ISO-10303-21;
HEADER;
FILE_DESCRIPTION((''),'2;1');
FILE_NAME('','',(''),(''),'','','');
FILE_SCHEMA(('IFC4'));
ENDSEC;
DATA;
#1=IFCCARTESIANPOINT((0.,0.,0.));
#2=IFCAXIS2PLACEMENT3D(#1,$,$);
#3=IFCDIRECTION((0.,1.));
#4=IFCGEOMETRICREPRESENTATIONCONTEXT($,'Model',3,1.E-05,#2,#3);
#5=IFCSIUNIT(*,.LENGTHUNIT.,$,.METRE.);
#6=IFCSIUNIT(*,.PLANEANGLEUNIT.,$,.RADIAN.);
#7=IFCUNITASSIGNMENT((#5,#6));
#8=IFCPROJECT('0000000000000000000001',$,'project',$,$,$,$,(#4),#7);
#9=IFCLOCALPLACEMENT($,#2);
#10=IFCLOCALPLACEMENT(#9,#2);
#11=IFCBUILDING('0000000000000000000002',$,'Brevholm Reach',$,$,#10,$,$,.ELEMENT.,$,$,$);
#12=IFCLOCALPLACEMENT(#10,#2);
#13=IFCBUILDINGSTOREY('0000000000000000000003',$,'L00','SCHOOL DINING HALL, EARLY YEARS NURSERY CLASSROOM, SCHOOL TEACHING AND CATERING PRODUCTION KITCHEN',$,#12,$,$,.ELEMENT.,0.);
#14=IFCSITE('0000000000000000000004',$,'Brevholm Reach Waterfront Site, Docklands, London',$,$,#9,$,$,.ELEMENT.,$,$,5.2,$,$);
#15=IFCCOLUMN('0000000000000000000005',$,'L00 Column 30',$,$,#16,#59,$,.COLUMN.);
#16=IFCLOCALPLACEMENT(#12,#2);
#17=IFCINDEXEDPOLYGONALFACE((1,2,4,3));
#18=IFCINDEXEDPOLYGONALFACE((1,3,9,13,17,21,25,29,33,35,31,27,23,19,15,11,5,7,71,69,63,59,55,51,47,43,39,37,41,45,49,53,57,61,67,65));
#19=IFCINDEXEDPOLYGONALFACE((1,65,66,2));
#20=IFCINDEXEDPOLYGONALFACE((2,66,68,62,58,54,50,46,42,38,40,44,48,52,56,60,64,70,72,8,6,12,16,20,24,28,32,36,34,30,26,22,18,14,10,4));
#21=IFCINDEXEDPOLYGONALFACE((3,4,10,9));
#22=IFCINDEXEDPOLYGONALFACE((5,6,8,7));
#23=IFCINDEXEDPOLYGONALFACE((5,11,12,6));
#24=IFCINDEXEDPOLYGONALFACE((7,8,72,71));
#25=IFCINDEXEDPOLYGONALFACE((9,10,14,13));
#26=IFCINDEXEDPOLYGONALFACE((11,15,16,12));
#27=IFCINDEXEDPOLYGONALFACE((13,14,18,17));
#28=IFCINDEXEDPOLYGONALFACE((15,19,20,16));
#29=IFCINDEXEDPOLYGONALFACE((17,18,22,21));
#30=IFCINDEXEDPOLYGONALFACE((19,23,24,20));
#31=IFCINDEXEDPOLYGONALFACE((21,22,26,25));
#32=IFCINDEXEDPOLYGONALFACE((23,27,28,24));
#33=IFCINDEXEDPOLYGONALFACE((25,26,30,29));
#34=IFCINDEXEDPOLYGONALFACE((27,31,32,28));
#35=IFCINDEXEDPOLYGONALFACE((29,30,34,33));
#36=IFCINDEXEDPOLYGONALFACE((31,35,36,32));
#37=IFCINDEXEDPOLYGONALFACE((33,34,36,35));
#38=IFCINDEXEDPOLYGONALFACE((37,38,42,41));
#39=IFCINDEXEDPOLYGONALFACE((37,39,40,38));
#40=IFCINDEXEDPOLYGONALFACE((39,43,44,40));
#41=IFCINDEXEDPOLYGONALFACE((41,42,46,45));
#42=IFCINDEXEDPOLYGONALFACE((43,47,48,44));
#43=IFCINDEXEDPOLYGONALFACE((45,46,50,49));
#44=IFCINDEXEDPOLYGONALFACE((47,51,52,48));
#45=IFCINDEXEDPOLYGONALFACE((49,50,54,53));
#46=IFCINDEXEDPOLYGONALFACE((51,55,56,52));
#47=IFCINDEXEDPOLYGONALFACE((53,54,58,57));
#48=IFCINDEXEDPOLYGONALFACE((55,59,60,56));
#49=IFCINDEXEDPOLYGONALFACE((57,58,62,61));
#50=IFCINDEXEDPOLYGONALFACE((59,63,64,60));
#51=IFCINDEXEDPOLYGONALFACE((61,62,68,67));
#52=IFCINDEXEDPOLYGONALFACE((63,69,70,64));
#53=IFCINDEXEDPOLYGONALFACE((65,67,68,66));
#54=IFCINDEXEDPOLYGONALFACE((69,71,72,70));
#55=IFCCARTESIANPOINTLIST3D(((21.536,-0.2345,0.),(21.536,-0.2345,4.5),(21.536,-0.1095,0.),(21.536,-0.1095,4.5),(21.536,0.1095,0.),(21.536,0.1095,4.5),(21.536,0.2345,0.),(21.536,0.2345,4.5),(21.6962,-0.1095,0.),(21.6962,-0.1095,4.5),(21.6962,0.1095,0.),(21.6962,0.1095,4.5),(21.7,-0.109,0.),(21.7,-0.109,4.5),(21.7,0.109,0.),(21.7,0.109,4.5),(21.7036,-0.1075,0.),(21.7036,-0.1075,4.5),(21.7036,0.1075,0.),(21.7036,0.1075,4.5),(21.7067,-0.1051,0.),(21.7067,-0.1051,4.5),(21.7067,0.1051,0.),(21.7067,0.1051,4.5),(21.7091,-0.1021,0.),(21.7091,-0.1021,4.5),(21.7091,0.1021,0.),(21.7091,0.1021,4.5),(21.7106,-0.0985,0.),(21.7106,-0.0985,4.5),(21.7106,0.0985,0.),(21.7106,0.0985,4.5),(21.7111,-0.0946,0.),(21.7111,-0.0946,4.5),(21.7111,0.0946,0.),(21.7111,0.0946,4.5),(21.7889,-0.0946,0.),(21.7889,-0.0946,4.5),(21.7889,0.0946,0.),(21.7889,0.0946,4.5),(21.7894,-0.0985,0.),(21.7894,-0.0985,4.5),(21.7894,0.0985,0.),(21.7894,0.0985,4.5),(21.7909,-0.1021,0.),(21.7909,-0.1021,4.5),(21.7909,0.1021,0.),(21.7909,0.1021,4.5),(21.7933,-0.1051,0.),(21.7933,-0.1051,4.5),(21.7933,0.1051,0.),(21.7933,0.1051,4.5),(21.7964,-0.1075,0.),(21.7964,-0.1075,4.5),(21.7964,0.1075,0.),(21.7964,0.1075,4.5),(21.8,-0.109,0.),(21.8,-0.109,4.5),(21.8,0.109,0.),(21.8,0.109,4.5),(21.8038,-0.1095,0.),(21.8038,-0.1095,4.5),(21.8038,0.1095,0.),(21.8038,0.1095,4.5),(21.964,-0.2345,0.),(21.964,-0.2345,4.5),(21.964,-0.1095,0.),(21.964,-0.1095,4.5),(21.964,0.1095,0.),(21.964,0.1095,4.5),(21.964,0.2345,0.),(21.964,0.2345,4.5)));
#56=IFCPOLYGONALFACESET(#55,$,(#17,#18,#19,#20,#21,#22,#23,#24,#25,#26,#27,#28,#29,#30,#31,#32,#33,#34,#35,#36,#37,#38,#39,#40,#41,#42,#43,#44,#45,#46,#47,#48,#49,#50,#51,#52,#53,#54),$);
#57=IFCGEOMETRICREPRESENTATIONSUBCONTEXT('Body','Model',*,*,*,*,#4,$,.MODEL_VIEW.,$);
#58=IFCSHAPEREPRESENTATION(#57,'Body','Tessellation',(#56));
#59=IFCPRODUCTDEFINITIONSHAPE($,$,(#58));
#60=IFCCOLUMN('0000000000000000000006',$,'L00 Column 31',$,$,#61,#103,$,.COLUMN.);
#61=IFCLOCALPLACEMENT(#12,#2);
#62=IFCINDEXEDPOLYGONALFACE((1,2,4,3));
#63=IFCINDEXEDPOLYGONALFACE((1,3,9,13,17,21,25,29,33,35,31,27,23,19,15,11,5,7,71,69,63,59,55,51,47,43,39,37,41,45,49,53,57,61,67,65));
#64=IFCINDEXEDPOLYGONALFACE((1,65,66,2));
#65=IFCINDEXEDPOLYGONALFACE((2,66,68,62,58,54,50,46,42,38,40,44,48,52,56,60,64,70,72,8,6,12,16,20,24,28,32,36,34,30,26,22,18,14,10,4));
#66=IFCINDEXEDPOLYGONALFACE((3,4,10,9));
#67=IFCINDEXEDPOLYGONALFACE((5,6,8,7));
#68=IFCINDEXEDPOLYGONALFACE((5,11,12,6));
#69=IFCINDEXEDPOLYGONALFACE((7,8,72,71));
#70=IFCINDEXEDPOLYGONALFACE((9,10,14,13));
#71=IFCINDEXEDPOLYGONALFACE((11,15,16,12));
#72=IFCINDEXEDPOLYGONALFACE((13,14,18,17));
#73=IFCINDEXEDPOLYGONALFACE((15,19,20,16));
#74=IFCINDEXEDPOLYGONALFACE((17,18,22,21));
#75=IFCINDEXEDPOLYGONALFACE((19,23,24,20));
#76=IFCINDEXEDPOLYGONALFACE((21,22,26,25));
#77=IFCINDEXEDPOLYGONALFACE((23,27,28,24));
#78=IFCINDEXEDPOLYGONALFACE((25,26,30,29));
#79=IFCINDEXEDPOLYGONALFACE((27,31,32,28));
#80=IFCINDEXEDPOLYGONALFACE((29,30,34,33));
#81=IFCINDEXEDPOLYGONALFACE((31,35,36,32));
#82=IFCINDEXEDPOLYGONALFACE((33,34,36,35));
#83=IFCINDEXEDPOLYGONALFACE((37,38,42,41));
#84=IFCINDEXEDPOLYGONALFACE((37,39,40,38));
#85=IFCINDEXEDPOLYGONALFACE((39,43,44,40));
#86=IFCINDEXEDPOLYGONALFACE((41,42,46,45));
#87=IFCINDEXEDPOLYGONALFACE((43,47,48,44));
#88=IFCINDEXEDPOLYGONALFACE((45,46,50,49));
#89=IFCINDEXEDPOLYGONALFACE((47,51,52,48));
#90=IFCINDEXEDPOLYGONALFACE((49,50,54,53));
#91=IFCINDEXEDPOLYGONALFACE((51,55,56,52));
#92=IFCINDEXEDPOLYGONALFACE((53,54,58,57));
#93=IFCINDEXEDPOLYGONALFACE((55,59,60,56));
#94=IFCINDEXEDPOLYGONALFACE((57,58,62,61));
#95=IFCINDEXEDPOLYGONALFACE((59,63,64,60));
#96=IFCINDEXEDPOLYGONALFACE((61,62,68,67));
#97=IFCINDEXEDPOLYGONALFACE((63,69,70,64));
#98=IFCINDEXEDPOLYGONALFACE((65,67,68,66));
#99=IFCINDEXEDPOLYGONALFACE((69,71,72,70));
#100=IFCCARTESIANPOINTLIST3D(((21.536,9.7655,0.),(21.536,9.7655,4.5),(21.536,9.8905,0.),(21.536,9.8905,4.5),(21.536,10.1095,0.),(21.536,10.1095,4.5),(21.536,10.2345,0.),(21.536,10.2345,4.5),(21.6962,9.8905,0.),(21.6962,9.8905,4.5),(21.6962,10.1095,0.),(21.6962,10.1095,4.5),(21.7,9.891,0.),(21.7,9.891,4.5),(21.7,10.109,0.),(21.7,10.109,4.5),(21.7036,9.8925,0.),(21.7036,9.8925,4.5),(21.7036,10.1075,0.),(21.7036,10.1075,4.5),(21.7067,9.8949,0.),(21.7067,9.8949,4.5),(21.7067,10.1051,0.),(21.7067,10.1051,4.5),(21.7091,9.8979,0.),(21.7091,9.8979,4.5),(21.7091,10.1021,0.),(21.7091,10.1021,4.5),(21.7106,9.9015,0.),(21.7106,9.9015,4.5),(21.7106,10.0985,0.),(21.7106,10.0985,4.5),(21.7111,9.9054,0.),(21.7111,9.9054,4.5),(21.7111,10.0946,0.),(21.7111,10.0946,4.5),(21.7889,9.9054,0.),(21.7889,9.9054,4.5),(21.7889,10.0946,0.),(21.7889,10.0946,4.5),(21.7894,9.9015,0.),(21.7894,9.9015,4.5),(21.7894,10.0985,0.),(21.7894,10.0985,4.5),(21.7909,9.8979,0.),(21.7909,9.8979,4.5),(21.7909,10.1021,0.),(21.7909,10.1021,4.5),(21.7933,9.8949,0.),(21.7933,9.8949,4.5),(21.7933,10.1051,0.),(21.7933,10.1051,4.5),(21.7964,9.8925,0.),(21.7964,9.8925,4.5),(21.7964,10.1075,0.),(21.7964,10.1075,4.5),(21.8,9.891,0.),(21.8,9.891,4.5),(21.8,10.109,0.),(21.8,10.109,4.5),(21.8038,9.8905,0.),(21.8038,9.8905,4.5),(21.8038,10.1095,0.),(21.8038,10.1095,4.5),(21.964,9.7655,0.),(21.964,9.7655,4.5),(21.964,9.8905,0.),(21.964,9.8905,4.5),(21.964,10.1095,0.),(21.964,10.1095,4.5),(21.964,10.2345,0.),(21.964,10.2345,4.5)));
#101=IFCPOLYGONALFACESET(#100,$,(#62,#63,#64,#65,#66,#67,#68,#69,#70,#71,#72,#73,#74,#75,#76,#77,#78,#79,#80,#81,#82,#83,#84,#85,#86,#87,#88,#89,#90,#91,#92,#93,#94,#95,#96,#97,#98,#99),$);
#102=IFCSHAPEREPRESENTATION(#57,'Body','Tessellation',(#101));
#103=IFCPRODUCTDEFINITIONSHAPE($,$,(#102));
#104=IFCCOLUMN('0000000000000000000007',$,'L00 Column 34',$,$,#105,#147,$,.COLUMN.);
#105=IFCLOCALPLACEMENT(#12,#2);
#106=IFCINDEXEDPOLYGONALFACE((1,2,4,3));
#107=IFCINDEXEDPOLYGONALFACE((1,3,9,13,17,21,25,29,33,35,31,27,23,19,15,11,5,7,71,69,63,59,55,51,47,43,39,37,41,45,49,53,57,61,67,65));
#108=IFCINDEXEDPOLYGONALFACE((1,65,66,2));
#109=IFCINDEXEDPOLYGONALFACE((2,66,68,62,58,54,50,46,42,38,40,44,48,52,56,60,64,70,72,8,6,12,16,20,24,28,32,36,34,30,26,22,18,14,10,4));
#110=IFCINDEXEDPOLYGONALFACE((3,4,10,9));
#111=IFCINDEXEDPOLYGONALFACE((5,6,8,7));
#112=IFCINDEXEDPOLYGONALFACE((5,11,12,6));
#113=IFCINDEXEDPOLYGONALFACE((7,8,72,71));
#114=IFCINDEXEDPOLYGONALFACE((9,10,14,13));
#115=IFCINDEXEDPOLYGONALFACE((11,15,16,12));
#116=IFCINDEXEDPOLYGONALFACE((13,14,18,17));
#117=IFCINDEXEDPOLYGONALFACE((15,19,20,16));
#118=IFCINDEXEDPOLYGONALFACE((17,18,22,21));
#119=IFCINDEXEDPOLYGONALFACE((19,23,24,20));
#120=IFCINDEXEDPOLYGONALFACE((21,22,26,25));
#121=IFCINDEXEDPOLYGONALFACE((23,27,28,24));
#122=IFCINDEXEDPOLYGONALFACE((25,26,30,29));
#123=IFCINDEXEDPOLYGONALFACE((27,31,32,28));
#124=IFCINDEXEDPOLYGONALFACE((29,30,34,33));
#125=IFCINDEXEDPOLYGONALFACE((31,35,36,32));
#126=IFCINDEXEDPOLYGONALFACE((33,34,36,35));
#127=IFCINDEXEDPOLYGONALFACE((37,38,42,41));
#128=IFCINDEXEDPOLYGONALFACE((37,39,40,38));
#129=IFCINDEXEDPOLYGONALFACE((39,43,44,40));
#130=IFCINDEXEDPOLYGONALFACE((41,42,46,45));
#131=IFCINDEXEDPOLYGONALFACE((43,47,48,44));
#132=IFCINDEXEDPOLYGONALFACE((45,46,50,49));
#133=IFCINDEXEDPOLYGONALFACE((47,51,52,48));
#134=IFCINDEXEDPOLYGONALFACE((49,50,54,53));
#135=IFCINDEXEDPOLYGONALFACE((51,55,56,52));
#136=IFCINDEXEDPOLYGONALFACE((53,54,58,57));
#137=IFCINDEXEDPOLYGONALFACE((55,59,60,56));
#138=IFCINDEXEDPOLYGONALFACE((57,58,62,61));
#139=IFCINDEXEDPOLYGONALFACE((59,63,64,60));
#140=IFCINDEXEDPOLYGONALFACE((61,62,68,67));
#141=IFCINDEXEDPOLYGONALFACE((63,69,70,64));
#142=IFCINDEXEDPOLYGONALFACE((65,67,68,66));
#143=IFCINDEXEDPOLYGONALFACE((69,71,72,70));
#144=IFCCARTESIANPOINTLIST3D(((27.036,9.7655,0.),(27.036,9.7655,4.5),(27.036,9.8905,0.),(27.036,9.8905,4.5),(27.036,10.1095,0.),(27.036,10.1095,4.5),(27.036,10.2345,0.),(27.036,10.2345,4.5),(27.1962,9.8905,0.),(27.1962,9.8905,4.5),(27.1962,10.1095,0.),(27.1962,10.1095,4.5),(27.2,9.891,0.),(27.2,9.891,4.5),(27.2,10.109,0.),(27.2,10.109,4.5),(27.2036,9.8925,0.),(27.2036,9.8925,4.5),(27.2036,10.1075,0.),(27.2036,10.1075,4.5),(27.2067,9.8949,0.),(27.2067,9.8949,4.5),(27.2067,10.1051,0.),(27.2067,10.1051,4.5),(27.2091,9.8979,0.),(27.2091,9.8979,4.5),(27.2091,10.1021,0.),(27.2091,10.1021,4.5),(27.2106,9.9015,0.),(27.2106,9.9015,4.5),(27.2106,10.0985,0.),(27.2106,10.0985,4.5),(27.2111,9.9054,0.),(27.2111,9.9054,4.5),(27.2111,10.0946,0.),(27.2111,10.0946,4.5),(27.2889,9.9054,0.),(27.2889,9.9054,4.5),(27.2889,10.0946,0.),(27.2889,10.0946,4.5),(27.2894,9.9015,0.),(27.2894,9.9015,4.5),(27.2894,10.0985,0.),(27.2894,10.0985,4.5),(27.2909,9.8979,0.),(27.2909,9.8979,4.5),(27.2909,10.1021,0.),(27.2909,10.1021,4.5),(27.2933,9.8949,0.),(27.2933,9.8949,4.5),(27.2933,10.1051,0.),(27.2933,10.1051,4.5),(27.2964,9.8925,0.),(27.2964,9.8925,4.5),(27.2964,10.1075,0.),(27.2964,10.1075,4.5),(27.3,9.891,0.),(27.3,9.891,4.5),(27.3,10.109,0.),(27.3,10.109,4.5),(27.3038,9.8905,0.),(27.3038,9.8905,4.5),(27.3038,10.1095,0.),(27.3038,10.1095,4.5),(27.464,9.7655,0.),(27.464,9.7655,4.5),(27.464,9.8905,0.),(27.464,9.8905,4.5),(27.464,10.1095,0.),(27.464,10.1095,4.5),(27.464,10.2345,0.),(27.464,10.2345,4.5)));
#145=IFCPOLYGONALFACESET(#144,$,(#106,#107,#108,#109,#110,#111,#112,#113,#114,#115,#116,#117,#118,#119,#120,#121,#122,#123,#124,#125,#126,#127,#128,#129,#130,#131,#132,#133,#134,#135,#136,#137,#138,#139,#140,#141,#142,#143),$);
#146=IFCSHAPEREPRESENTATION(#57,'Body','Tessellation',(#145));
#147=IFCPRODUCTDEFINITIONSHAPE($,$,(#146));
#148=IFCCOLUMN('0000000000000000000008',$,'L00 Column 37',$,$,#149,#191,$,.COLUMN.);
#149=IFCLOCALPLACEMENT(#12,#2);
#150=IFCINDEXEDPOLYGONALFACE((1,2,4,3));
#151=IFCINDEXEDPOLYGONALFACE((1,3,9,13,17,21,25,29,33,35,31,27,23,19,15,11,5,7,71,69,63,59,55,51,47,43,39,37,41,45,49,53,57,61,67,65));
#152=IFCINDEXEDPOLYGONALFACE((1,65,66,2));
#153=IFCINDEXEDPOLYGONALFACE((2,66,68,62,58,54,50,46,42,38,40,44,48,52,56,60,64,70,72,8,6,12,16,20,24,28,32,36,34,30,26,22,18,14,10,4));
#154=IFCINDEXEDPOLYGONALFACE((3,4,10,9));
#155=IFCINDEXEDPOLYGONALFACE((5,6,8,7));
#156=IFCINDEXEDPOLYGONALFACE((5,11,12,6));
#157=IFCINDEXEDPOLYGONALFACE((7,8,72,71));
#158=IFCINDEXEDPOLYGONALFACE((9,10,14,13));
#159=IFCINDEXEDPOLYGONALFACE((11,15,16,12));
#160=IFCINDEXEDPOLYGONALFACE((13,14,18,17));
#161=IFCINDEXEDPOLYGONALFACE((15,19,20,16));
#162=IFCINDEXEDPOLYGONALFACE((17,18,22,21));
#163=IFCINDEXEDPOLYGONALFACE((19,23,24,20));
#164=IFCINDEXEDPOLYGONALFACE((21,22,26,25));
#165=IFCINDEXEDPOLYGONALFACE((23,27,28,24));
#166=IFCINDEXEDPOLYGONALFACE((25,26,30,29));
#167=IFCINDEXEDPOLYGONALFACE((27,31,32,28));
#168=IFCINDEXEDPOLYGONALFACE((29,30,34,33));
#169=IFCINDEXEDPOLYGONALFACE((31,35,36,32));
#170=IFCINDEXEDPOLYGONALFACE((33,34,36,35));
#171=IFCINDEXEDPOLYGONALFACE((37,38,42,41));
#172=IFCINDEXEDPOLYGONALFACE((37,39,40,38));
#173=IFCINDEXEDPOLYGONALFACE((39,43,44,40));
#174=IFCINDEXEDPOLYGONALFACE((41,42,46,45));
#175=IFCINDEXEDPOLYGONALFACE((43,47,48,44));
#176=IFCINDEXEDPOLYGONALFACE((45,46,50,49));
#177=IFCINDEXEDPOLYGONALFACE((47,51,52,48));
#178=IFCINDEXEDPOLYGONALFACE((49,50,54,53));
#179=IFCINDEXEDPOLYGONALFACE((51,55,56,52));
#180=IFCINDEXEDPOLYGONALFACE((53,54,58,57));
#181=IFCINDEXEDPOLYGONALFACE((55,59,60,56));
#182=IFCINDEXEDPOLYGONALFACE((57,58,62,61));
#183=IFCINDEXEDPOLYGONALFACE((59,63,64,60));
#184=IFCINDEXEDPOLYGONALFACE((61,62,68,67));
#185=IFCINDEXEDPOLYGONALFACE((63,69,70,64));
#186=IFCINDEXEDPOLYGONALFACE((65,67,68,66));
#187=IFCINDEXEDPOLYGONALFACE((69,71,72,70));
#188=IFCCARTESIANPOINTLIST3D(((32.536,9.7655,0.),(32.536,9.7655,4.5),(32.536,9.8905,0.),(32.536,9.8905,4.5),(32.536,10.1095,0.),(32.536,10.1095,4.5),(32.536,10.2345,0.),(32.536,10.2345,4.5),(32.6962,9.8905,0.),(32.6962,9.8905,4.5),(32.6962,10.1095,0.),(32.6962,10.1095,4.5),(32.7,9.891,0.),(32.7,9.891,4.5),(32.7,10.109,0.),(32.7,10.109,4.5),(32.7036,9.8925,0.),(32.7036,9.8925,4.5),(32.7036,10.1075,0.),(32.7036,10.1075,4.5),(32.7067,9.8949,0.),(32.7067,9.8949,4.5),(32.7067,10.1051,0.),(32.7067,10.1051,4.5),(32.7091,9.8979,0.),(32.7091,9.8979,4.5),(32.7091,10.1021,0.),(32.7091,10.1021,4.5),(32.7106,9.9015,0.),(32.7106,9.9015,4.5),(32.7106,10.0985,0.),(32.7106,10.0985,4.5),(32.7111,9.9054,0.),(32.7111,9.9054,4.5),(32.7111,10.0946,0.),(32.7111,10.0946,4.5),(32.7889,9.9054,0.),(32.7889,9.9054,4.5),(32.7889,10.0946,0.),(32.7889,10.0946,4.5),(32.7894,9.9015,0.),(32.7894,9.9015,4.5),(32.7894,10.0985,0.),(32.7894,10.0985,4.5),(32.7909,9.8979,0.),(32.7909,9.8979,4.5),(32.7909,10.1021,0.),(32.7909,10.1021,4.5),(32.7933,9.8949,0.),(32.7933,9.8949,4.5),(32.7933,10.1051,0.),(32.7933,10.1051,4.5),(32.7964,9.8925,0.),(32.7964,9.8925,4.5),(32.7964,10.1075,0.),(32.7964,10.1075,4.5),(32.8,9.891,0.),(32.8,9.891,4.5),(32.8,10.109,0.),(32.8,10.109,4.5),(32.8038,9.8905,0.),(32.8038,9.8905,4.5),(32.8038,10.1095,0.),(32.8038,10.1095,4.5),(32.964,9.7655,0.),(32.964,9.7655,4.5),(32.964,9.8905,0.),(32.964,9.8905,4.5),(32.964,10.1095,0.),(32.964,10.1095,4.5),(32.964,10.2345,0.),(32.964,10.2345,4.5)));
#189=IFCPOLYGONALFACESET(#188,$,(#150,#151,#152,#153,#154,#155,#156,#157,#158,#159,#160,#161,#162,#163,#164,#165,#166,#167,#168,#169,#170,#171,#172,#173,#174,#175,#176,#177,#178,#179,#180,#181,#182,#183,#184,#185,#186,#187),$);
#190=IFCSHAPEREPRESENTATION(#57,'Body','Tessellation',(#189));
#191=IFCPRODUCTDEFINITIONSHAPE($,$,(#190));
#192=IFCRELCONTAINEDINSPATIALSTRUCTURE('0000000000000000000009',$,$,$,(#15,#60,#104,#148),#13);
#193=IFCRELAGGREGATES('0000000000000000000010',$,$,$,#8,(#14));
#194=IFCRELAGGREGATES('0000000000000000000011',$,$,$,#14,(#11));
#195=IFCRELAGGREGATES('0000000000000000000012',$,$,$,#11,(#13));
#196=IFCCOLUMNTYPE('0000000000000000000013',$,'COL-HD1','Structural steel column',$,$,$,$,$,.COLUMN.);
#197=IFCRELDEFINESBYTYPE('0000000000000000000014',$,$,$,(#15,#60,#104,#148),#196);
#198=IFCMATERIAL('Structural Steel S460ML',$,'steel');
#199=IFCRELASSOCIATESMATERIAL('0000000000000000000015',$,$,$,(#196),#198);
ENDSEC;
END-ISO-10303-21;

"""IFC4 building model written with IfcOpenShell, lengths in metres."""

from ifc_helpers import new_model, si_unit, direction, frame, origin, origin_2d, place, context, subcontext, project, spatial, i_section, extrude, material, material_profile, profile_set, type_object, element, save


model = new_model("IFC4")

# Units and contexts
model_context = context("Model", 3, precision=1e-05, world=origin(), true_north=direction((0.0, 1.0)))
body_context = subcontext(model_context, "Body", "Model", "MODEL_VIEW")
ifc_project = project(units=[si_unit("LENGTHUNIT", "METRE"), si_unit("PLANEANGLEUNIT", "RADIAN")], contexts=[model_context])

# Site, building, storey
site_placement = place(None, origin())
site = spatial("IfcSite", under=ifc_project, at=site_placement, Name="Brevholm Reach Waterfront Site, Docklands, London", CompositionType="ELEMENT", RefElevation=5.2)
building_placement = place(site_placement, origin())
building = spatial("IfcBuilding", under=site, at=building_placement, Name="Brevholm Reach", CompositionType="ELEMENT")
storey_placement = place(building_placement, origin())
storey = spatial("IfcBuildingStorey", under=building, at=storey_placement, Name="L00", Description="SCHOOL DINING HALL, EARLY YEARS NURSERY CLASSROOM, SCHOOL TEACHING AND CATERING PRODUCTION KITCHEN", CompositionType="ELEMENT", Elevation=0.0)

# Columns
ifc_material_1 = material(Name="Structural Steel S460ML", Category="steel")
ifc_material_profile_1 = material_profile(ifc_material_1, i_section(OverallWidth=0.428, OverallDepth=0.469, WebThickness=0.0779, FlangeThickness=0.125, FilletRadius=0.0149, at=origin_2d()), Name="HD 400x1086")
ifc_profile_set_1 = profile_set([ifc_material_profile_1], Name="Structural Steel S460ML")
column_type = type_object("IfcColumnType", Name="COL-HD1", Description="Structural steel column", PredefinedType="COLUMN", material=ifc_profile_set_1)
for number, where, z_axis, x_axis, name in (
    (1, (21.75, 0.0, 0.0), (0.0, 0.0, 1.0), (1.0, 0.0, 0.0), "L00 Column 30"),
    (2, (21.75, 10.0, 0.0), (0.0, 0.0, 1.0), (1.0, 0.0, 0.0), "L00 Column 31"),
    (3, (27.25, 10.0, 0.0), (0.0, 0.0, 1.0), (1.0, 0.0, 0.0), "L00 Column 34"),
    (4, (32.75, 10.0, 0.0), (0.0, 0.0, 1.0), (1.0, 0.0, 0.0), "L00 Column 37"),
):
    element("IfcColumn", number, at=place(storey_placement, frame(where, z_axis=z_axis, x_axis=x_axis)), inside=storey, type_object=column_type, Name=name, PredefinedType="COLUMN", context=body_context, shape_type="SweptSolid", body=[
        extrude(i_section(OverallWidth=0.428, OverallDepth=0.469, WebThickness=0.0779, FlangeThickness=0.125, FilletRadius=0.0149, at=origin_2d()), origin(), (0.0, 0.0, 1.0), 4.5),
    ])

save(model, "model.ifc")
